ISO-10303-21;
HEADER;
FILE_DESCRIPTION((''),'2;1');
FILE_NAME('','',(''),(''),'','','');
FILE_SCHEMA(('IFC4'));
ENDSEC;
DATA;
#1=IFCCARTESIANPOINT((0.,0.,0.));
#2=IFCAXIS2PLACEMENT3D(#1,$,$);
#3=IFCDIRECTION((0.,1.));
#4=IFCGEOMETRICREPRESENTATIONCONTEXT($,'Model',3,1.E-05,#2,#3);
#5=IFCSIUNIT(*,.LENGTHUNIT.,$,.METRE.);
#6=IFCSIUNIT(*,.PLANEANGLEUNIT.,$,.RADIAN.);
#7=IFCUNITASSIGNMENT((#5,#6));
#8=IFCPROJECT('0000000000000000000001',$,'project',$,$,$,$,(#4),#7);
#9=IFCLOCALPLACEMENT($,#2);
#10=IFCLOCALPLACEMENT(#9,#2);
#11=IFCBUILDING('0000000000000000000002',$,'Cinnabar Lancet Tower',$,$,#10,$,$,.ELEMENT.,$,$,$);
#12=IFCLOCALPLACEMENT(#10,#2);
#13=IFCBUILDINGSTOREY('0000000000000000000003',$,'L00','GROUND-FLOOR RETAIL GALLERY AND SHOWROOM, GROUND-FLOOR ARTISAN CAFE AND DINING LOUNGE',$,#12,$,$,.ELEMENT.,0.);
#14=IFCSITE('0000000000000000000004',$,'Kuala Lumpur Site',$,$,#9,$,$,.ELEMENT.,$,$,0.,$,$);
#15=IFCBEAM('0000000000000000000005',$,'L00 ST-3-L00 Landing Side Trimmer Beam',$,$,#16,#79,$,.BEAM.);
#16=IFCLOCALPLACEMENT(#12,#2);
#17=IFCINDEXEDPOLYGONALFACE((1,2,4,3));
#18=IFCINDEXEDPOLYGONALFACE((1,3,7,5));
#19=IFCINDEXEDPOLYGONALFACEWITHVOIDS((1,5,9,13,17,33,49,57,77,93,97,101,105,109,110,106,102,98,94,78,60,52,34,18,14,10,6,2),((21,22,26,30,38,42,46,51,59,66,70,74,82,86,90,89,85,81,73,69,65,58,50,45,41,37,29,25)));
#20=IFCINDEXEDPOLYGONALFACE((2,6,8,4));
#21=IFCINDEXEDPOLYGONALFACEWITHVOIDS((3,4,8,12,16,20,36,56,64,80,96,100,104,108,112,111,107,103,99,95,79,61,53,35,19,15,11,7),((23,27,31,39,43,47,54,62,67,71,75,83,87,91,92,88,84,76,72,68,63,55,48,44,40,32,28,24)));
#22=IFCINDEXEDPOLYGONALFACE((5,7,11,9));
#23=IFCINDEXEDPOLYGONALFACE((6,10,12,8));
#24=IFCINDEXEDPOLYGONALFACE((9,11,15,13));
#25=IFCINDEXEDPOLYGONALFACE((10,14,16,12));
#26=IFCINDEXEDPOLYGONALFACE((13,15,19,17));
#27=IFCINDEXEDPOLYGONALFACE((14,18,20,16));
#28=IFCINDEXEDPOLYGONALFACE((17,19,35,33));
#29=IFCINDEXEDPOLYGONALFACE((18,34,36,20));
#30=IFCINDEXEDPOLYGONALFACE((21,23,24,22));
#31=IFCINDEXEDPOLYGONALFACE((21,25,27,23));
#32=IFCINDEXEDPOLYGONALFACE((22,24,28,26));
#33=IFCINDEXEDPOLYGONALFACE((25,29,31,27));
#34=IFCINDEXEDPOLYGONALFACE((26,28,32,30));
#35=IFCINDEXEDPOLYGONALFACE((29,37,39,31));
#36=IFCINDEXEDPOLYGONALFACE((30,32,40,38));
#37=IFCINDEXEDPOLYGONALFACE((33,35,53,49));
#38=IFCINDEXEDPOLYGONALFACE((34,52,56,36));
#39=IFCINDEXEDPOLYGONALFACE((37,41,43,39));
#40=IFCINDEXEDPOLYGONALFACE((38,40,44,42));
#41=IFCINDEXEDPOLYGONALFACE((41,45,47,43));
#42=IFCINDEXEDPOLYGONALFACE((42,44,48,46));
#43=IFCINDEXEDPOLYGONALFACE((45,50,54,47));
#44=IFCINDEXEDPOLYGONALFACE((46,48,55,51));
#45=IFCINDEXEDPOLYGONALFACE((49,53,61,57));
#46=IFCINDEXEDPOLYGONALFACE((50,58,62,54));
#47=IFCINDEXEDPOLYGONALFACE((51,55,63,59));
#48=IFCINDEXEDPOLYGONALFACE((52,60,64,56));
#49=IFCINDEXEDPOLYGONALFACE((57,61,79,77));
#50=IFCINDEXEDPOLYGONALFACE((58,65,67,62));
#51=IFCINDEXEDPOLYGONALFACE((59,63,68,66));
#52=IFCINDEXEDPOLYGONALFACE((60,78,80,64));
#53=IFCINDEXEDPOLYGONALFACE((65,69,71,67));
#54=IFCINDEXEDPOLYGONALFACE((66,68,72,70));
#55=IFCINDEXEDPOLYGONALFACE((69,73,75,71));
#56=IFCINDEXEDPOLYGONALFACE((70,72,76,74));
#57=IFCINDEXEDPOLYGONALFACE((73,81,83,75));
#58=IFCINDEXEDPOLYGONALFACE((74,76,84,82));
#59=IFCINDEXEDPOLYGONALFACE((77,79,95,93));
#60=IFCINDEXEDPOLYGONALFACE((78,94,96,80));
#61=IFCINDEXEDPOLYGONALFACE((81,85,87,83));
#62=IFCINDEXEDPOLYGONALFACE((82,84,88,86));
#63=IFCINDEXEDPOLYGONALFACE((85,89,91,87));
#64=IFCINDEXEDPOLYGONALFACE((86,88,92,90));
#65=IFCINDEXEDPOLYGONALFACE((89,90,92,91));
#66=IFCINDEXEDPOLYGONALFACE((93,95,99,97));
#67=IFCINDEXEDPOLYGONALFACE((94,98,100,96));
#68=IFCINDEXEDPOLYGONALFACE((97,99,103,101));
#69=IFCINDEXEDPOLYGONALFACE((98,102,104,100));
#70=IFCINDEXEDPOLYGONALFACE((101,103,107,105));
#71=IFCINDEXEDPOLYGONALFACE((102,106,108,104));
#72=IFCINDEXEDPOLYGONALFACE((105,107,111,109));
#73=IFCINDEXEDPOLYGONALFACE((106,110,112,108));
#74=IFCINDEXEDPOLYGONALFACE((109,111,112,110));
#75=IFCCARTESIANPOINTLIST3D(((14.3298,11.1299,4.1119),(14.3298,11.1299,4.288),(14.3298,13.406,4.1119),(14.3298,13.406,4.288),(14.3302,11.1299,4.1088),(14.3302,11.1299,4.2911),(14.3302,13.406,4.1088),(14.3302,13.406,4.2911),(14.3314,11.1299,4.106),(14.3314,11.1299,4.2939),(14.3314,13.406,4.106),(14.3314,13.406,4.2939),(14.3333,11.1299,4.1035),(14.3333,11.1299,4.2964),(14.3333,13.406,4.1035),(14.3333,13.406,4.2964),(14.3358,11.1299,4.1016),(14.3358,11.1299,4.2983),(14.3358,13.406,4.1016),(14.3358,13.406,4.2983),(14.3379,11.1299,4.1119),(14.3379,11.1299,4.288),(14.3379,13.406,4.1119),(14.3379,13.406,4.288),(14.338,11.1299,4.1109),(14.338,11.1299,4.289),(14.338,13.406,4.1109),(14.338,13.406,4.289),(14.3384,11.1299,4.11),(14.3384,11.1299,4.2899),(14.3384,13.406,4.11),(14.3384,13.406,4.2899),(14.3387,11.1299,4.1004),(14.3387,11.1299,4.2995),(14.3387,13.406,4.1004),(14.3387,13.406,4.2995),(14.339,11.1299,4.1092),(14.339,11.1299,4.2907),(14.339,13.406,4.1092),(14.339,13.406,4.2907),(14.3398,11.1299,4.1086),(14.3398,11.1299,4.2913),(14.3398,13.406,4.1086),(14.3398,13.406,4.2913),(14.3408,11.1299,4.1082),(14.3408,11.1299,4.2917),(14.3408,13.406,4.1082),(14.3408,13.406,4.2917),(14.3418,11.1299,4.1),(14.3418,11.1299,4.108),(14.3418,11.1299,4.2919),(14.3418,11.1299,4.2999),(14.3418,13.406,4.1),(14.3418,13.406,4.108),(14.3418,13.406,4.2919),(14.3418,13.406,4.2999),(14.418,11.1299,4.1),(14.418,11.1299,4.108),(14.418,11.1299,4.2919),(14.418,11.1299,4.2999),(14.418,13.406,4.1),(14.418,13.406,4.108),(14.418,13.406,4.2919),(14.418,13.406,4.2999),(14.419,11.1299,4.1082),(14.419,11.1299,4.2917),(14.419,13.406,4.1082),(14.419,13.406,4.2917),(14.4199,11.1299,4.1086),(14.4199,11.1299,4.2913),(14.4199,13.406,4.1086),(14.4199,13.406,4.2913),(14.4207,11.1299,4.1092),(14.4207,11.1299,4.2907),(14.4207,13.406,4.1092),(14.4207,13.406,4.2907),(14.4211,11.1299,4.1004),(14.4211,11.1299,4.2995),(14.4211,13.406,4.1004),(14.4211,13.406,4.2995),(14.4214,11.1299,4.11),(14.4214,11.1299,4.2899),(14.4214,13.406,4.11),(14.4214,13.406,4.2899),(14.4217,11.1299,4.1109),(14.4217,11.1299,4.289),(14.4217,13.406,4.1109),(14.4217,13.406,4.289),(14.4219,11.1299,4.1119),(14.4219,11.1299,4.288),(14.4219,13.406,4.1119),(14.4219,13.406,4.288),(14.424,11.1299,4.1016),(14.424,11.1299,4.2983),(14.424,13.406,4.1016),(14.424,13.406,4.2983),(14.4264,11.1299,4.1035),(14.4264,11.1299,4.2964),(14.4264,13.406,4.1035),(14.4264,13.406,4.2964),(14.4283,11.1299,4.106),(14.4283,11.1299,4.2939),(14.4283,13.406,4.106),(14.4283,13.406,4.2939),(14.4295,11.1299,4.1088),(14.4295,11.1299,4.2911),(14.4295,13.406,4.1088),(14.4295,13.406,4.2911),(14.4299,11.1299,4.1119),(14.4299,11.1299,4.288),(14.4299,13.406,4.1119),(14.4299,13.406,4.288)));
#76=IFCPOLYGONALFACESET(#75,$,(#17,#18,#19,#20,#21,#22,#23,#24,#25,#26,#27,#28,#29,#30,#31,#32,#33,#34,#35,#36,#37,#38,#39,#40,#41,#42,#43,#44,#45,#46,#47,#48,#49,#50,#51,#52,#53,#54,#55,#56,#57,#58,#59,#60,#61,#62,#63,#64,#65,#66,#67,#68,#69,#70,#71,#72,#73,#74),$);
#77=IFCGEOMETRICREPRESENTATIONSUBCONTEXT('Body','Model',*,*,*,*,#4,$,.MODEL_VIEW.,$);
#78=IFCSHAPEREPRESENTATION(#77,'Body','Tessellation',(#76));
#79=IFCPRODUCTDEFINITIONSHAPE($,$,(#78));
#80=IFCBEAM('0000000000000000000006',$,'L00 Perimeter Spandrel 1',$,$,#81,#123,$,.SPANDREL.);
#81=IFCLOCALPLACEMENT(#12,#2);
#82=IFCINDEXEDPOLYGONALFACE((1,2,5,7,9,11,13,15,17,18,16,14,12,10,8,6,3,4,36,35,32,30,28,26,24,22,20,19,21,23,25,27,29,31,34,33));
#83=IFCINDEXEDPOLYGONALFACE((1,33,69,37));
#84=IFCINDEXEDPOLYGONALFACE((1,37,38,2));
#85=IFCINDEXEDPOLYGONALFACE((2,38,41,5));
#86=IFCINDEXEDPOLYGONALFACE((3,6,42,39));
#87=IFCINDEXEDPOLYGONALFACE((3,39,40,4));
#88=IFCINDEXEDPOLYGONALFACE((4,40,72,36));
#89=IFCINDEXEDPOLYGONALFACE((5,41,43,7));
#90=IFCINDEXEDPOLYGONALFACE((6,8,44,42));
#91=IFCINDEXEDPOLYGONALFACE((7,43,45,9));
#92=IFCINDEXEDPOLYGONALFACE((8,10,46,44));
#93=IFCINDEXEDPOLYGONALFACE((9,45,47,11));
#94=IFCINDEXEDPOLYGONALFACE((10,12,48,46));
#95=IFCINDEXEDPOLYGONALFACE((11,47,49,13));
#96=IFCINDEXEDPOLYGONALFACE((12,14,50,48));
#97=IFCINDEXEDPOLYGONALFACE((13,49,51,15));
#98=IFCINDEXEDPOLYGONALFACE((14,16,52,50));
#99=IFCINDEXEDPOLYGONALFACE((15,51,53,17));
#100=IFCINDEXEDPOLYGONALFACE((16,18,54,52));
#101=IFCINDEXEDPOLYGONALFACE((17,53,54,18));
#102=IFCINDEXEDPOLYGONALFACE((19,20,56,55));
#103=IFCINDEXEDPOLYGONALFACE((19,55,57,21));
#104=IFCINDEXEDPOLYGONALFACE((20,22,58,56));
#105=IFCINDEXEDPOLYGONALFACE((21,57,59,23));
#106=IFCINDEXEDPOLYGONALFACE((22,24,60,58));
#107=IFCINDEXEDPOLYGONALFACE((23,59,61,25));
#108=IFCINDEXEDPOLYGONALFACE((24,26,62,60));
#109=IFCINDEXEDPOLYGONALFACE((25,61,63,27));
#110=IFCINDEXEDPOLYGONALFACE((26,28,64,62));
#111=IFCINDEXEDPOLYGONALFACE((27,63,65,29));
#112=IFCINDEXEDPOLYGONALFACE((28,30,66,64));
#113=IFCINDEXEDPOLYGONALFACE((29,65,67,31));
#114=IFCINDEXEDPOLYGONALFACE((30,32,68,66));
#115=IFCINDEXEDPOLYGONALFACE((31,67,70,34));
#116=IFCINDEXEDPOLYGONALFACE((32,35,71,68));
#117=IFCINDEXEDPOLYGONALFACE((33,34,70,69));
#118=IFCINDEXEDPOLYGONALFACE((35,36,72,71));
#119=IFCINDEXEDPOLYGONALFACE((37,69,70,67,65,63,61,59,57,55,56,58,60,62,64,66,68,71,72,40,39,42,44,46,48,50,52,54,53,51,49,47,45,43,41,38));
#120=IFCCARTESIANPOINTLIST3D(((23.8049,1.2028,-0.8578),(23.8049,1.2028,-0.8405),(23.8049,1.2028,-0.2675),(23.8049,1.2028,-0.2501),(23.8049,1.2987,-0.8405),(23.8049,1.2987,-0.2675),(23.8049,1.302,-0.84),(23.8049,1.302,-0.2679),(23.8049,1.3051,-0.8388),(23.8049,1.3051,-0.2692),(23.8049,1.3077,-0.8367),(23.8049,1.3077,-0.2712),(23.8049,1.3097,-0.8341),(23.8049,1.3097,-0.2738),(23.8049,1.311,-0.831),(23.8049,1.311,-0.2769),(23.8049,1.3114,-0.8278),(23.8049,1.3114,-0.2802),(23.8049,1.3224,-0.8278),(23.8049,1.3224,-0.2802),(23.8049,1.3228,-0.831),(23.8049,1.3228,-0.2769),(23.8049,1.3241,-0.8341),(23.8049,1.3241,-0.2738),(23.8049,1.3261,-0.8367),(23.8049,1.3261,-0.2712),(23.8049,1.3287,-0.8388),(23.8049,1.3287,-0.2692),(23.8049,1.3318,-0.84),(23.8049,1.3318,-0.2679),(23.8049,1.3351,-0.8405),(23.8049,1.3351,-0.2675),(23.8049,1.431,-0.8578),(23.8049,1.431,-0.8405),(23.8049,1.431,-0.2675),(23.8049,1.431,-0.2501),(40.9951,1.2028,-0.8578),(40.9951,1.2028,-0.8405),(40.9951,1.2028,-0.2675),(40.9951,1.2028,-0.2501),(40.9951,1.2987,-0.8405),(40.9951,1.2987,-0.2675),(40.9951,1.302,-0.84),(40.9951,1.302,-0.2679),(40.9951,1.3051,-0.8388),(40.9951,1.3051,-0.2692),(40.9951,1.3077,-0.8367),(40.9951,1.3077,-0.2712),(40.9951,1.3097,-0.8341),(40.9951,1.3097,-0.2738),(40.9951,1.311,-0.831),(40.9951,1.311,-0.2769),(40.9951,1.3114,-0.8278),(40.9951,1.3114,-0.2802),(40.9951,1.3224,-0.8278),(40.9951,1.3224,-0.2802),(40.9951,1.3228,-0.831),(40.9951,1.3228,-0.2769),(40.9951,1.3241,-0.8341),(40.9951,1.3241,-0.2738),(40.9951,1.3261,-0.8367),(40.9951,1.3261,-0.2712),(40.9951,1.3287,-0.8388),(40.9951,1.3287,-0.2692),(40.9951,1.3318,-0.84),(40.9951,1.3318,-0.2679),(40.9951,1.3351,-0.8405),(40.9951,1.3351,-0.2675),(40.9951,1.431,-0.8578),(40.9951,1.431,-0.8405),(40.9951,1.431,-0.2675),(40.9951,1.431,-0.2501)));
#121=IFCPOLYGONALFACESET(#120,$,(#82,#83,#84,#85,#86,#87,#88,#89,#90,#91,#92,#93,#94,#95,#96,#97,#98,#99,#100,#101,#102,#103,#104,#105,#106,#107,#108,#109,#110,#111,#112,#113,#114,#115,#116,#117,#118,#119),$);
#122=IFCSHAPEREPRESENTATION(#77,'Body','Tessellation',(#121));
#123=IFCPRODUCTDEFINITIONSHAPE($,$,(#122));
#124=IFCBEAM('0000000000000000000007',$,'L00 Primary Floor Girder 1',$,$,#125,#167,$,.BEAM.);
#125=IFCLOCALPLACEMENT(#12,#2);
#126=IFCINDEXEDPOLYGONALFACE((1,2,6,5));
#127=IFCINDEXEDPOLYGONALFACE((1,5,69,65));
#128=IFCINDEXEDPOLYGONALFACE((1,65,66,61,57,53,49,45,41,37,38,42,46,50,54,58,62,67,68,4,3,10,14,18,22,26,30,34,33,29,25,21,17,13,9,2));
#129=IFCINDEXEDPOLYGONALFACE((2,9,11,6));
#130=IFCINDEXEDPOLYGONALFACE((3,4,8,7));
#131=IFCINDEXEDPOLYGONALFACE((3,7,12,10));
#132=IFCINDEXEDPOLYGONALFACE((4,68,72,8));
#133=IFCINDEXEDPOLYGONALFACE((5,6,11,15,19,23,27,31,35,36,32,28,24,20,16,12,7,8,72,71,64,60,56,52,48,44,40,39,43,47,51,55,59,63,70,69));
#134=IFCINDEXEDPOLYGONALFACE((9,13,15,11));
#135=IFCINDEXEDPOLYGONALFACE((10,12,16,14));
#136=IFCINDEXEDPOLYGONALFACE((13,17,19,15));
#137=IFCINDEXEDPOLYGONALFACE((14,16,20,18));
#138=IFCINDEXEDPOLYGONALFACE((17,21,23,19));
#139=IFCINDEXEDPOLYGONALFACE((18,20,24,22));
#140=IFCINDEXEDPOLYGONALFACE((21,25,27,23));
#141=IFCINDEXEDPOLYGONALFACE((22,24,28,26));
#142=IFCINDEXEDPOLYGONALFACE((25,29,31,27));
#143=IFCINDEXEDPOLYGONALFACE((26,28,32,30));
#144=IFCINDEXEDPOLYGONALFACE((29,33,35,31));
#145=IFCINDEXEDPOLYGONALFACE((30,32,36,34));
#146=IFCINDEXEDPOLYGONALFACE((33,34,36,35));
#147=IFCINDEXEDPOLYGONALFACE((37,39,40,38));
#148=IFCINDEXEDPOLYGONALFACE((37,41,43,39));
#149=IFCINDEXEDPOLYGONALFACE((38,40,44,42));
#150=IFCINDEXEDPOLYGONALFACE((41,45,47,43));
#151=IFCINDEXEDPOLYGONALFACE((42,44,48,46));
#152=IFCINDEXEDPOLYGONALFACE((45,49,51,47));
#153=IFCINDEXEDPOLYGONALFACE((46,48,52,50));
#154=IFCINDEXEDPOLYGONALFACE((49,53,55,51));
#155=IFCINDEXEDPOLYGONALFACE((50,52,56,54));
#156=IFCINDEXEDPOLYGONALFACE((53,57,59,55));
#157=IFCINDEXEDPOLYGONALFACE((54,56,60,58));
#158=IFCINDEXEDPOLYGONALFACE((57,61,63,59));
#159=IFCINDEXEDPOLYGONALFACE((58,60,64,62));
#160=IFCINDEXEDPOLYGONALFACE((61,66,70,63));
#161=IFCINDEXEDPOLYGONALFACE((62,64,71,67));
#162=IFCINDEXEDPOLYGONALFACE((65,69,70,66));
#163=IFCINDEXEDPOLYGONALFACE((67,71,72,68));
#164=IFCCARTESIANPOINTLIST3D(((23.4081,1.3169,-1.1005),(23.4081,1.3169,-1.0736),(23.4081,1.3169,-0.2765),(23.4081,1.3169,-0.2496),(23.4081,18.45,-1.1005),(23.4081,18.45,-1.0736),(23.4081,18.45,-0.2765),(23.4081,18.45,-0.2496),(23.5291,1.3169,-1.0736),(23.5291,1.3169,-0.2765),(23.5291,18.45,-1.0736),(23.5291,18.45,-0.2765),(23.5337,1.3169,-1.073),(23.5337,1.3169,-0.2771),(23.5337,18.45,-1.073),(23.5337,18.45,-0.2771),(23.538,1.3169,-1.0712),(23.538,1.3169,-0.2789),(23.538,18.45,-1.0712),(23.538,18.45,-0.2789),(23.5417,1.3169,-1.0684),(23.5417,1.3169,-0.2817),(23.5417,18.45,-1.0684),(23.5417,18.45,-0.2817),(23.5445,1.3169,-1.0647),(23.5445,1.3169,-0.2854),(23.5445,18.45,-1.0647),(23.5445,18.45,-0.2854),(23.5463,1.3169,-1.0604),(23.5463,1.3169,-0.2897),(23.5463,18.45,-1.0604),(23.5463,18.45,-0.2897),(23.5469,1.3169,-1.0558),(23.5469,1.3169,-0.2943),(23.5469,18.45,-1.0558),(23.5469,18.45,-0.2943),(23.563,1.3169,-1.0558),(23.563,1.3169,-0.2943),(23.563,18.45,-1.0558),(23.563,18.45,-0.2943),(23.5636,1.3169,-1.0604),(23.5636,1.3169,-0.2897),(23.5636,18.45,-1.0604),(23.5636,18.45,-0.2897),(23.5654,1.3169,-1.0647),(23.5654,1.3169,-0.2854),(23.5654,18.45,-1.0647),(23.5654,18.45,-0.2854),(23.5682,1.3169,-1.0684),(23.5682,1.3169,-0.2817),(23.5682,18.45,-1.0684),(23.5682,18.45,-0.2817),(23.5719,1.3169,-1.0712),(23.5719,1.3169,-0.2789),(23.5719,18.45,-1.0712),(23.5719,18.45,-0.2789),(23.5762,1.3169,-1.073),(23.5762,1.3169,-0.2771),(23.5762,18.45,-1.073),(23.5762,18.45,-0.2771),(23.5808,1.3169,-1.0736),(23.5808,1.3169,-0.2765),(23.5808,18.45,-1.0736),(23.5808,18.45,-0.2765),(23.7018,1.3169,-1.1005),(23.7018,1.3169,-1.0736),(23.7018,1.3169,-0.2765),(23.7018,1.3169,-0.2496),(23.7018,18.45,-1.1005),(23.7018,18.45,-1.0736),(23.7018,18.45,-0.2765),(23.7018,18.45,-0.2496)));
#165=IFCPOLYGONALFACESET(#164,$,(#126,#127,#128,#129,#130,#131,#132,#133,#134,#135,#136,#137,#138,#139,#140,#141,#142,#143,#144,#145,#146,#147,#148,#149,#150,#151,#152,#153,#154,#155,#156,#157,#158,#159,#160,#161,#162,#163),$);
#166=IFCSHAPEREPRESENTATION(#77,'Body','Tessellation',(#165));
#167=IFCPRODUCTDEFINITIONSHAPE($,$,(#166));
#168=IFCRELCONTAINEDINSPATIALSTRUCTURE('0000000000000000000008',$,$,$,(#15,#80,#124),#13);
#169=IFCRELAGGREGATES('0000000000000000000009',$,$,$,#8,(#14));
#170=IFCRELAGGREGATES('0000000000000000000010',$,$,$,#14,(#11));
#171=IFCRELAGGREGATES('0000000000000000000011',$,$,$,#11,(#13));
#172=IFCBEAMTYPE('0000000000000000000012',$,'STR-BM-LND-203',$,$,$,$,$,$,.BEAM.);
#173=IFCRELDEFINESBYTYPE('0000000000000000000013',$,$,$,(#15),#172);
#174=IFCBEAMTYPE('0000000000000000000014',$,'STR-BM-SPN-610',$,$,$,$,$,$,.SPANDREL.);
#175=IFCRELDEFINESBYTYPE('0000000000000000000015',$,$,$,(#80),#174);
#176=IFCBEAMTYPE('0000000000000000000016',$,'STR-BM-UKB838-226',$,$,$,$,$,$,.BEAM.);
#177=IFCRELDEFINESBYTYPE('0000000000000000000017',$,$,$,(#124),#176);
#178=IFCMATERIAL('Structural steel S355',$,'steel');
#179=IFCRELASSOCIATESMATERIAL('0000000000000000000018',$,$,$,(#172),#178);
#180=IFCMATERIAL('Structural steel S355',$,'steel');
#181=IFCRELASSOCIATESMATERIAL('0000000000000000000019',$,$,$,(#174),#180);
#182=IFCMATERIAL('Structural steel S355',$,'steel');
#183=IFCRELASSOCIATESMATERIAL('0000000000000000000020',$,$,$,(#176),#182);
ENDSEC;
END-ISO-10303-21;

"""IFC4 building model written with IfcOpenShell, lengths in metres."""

from ifc_helpers import new_model, si_unit, direction, frame, origin, origin_2d, place, context, subcontext, project, spatial, hollow_rectangle, i_section, extrude, material, material_profile, profile_set, type_object, element, save


model = new_model("IFC4")

# Units and contexts
model_context = context("Model", 3, precision=1e-05, world=origin(), true_north=direction((0.0, 1.0)))
body_context = subcontext(model_context, "Body", "Model", "MODEL_VIEW")
ifc_project = project(units=[si_unit("LENGTHUNIT", "METRE"), si_unit("PLANEANGLEUNIT", "RADIAN")], contexts=[model_context])

# Site, building, storey
site_placement = place(None, origin())
site = spatial("IfcSite", under=ifc_project, at=site_placement, Name="Kuala Lumpur Site", CompositionType="ELEMENT", RefElevation=0.0)
building_placement = place(site_placement, origin())
building = spatial("IfcBuilding", under=site, at=building_placement, Name="Cinnabar Lancet Tower", CompositionType="ELEMENT")
storey_placement = place(building_placement, origin())
storey = spatial("IfcBuildingStorey", under=building, at=storey_placement, Name="L00", Description="GROUND-FLOOR RETAIL GALLERY AND SHOWROOM, GROUND-FLOOR ARTISAN CAFE AND DINING LOUNGE", CompositionType="ELEMENT", Elevation=0.0)

# Beams
ifc_material_1 = material(Name="Structural steel S355", Category="steel")
ifc_material_profile_1 = material_profile(ifc_material_1, hollow_rectangle(XDim=0.1001, YDim=0.2, WallThickness=0.0081, InnerFilletRadius=0.0039, OuterFilletRadius=0.012, at=origin_2d()), Name="RHS 200x100x8")
ifc_profile_set_1 = profile_set([ifc_material_profile_1], Name="Structural steel S355")
beam_type_1 = type_object("IfcBeamType", Name="STR-BM-LND-203", PredefinedType="BEAM", material=ifc_profile_set_1)
for number, where, z_axis, x_axis, name in (
    (1, (14.3799, 11.1299, 4.2), (0.0, 1.0, 0.0), (-1.0, 0.0, 0.0), "L00 ST-3-L00 Landing Side Trimmer Beam"),
):
    element("IfcBeam", number, at=place(storey_placement, frame(where, z_axis=z_axis, x_axis=x_axis)), inside=storey, type_object=beam_type_1, Name=name, PredefinedType="BEAM", context=body_context, shape_type="SweptSolid", body=[
        extrude(hollow_rectangle(XDim=0.1001, YDim=0.2, WallThickness=0.0081, InnerFilletRadius=0.0039, OuterFilletRadius=0.012, at=origin_2d()), origin(), (0.0, 0.0, 1.0), 2.2761),
    ])
ifc_material_2 = material(Name="Structural steel S355", Category="steel")
ifc_material_profile_2 = material_profile(ifc_material_2, i_section(OverallWidth=0.2283, OverallDepth=0.6077, WebThickness=0.011, FlangeThickness=0.0173, FilletRadius=0.0127, at=origin_2d()), Name="UKB 610x229x113")
ifc_profile_set_2 = profile_set([ifc_material_profile_2], Name="Structural steel S355")
beam_type_2 = type_object("IfcBeamType", Name="STR-BM-SPN-610", PredefinedType="SPANDREL", material=ifc_profile_set_2)
beam_1_placement = place(storey_placement, frame((23.8049, 1.3169, -0.554), z_axis=(1.0, 0.0, 0.0), x_axis=(0.0, 1.0, 0.0)))
element("IfcBeam", 2, at=beam_1_placement, inside=storey, type_object=beam_type_2, Name="L00 Perimeter Spandrel 1", PredefinedType="SPANDREL", context=body_context, shape_type="SweptSolid", body=[
    extrude(i_section(OverallWidth=0.2283, OverallDepth=0.6077, WebThickness=0.011, FlangeThickness=0.0173, FilletRadius=0.0127, at=origin_2d()), origin(), (0.0, 0.0, 1.0), 17.1902),
])
ifc_material_3 = material(Name="Structural steel S355", Category="steel")
ifc_material_profile_3 = material_profile(ifc_material_3, i_section(OverallWidth=0.2937, OverallDepth=0.8508, WebThickness=0.0161, FlangeThickness=0.0269, FilletRadius=0.0178, at=origin_2d()), Name="UKB 838x292x226")
ifc_profile_set_3 = profile_set([ifc_material_profile_3], Name="Structural steel S355")
beam_type_3 = type_object("IfcBeamType", Name="STR-BM-UKB838-226", PredefinedType="BEAM", material=ifc_profile_set_3)
beam_2_placement = place(storey_placement, frame((23.5549, 1.3169, -0.675), z_axis=(0.0, 1.0, 0.0), x_axis=(-1.0, 0.0, 0.0)))
element("IfcBeam", 3, at=beam_2_placement, inside=storey, type_object=beam_type_3, Name="L00 Primary Floor Girder 1", PredefinedType="BEAM", context=body_context, shape_type="SweptSolid", body=[
    extrude(i_section(OverallWidth=0.2937, OverallDepth=0.8508, WebThickness=0.0161, FlangeThickness=0.0269, FilletRadius=0.0178, at=origin_2d()), origin(), (0.0, 0.0, 1.0), 17.1331),
])

save(model, "model.ifc")
